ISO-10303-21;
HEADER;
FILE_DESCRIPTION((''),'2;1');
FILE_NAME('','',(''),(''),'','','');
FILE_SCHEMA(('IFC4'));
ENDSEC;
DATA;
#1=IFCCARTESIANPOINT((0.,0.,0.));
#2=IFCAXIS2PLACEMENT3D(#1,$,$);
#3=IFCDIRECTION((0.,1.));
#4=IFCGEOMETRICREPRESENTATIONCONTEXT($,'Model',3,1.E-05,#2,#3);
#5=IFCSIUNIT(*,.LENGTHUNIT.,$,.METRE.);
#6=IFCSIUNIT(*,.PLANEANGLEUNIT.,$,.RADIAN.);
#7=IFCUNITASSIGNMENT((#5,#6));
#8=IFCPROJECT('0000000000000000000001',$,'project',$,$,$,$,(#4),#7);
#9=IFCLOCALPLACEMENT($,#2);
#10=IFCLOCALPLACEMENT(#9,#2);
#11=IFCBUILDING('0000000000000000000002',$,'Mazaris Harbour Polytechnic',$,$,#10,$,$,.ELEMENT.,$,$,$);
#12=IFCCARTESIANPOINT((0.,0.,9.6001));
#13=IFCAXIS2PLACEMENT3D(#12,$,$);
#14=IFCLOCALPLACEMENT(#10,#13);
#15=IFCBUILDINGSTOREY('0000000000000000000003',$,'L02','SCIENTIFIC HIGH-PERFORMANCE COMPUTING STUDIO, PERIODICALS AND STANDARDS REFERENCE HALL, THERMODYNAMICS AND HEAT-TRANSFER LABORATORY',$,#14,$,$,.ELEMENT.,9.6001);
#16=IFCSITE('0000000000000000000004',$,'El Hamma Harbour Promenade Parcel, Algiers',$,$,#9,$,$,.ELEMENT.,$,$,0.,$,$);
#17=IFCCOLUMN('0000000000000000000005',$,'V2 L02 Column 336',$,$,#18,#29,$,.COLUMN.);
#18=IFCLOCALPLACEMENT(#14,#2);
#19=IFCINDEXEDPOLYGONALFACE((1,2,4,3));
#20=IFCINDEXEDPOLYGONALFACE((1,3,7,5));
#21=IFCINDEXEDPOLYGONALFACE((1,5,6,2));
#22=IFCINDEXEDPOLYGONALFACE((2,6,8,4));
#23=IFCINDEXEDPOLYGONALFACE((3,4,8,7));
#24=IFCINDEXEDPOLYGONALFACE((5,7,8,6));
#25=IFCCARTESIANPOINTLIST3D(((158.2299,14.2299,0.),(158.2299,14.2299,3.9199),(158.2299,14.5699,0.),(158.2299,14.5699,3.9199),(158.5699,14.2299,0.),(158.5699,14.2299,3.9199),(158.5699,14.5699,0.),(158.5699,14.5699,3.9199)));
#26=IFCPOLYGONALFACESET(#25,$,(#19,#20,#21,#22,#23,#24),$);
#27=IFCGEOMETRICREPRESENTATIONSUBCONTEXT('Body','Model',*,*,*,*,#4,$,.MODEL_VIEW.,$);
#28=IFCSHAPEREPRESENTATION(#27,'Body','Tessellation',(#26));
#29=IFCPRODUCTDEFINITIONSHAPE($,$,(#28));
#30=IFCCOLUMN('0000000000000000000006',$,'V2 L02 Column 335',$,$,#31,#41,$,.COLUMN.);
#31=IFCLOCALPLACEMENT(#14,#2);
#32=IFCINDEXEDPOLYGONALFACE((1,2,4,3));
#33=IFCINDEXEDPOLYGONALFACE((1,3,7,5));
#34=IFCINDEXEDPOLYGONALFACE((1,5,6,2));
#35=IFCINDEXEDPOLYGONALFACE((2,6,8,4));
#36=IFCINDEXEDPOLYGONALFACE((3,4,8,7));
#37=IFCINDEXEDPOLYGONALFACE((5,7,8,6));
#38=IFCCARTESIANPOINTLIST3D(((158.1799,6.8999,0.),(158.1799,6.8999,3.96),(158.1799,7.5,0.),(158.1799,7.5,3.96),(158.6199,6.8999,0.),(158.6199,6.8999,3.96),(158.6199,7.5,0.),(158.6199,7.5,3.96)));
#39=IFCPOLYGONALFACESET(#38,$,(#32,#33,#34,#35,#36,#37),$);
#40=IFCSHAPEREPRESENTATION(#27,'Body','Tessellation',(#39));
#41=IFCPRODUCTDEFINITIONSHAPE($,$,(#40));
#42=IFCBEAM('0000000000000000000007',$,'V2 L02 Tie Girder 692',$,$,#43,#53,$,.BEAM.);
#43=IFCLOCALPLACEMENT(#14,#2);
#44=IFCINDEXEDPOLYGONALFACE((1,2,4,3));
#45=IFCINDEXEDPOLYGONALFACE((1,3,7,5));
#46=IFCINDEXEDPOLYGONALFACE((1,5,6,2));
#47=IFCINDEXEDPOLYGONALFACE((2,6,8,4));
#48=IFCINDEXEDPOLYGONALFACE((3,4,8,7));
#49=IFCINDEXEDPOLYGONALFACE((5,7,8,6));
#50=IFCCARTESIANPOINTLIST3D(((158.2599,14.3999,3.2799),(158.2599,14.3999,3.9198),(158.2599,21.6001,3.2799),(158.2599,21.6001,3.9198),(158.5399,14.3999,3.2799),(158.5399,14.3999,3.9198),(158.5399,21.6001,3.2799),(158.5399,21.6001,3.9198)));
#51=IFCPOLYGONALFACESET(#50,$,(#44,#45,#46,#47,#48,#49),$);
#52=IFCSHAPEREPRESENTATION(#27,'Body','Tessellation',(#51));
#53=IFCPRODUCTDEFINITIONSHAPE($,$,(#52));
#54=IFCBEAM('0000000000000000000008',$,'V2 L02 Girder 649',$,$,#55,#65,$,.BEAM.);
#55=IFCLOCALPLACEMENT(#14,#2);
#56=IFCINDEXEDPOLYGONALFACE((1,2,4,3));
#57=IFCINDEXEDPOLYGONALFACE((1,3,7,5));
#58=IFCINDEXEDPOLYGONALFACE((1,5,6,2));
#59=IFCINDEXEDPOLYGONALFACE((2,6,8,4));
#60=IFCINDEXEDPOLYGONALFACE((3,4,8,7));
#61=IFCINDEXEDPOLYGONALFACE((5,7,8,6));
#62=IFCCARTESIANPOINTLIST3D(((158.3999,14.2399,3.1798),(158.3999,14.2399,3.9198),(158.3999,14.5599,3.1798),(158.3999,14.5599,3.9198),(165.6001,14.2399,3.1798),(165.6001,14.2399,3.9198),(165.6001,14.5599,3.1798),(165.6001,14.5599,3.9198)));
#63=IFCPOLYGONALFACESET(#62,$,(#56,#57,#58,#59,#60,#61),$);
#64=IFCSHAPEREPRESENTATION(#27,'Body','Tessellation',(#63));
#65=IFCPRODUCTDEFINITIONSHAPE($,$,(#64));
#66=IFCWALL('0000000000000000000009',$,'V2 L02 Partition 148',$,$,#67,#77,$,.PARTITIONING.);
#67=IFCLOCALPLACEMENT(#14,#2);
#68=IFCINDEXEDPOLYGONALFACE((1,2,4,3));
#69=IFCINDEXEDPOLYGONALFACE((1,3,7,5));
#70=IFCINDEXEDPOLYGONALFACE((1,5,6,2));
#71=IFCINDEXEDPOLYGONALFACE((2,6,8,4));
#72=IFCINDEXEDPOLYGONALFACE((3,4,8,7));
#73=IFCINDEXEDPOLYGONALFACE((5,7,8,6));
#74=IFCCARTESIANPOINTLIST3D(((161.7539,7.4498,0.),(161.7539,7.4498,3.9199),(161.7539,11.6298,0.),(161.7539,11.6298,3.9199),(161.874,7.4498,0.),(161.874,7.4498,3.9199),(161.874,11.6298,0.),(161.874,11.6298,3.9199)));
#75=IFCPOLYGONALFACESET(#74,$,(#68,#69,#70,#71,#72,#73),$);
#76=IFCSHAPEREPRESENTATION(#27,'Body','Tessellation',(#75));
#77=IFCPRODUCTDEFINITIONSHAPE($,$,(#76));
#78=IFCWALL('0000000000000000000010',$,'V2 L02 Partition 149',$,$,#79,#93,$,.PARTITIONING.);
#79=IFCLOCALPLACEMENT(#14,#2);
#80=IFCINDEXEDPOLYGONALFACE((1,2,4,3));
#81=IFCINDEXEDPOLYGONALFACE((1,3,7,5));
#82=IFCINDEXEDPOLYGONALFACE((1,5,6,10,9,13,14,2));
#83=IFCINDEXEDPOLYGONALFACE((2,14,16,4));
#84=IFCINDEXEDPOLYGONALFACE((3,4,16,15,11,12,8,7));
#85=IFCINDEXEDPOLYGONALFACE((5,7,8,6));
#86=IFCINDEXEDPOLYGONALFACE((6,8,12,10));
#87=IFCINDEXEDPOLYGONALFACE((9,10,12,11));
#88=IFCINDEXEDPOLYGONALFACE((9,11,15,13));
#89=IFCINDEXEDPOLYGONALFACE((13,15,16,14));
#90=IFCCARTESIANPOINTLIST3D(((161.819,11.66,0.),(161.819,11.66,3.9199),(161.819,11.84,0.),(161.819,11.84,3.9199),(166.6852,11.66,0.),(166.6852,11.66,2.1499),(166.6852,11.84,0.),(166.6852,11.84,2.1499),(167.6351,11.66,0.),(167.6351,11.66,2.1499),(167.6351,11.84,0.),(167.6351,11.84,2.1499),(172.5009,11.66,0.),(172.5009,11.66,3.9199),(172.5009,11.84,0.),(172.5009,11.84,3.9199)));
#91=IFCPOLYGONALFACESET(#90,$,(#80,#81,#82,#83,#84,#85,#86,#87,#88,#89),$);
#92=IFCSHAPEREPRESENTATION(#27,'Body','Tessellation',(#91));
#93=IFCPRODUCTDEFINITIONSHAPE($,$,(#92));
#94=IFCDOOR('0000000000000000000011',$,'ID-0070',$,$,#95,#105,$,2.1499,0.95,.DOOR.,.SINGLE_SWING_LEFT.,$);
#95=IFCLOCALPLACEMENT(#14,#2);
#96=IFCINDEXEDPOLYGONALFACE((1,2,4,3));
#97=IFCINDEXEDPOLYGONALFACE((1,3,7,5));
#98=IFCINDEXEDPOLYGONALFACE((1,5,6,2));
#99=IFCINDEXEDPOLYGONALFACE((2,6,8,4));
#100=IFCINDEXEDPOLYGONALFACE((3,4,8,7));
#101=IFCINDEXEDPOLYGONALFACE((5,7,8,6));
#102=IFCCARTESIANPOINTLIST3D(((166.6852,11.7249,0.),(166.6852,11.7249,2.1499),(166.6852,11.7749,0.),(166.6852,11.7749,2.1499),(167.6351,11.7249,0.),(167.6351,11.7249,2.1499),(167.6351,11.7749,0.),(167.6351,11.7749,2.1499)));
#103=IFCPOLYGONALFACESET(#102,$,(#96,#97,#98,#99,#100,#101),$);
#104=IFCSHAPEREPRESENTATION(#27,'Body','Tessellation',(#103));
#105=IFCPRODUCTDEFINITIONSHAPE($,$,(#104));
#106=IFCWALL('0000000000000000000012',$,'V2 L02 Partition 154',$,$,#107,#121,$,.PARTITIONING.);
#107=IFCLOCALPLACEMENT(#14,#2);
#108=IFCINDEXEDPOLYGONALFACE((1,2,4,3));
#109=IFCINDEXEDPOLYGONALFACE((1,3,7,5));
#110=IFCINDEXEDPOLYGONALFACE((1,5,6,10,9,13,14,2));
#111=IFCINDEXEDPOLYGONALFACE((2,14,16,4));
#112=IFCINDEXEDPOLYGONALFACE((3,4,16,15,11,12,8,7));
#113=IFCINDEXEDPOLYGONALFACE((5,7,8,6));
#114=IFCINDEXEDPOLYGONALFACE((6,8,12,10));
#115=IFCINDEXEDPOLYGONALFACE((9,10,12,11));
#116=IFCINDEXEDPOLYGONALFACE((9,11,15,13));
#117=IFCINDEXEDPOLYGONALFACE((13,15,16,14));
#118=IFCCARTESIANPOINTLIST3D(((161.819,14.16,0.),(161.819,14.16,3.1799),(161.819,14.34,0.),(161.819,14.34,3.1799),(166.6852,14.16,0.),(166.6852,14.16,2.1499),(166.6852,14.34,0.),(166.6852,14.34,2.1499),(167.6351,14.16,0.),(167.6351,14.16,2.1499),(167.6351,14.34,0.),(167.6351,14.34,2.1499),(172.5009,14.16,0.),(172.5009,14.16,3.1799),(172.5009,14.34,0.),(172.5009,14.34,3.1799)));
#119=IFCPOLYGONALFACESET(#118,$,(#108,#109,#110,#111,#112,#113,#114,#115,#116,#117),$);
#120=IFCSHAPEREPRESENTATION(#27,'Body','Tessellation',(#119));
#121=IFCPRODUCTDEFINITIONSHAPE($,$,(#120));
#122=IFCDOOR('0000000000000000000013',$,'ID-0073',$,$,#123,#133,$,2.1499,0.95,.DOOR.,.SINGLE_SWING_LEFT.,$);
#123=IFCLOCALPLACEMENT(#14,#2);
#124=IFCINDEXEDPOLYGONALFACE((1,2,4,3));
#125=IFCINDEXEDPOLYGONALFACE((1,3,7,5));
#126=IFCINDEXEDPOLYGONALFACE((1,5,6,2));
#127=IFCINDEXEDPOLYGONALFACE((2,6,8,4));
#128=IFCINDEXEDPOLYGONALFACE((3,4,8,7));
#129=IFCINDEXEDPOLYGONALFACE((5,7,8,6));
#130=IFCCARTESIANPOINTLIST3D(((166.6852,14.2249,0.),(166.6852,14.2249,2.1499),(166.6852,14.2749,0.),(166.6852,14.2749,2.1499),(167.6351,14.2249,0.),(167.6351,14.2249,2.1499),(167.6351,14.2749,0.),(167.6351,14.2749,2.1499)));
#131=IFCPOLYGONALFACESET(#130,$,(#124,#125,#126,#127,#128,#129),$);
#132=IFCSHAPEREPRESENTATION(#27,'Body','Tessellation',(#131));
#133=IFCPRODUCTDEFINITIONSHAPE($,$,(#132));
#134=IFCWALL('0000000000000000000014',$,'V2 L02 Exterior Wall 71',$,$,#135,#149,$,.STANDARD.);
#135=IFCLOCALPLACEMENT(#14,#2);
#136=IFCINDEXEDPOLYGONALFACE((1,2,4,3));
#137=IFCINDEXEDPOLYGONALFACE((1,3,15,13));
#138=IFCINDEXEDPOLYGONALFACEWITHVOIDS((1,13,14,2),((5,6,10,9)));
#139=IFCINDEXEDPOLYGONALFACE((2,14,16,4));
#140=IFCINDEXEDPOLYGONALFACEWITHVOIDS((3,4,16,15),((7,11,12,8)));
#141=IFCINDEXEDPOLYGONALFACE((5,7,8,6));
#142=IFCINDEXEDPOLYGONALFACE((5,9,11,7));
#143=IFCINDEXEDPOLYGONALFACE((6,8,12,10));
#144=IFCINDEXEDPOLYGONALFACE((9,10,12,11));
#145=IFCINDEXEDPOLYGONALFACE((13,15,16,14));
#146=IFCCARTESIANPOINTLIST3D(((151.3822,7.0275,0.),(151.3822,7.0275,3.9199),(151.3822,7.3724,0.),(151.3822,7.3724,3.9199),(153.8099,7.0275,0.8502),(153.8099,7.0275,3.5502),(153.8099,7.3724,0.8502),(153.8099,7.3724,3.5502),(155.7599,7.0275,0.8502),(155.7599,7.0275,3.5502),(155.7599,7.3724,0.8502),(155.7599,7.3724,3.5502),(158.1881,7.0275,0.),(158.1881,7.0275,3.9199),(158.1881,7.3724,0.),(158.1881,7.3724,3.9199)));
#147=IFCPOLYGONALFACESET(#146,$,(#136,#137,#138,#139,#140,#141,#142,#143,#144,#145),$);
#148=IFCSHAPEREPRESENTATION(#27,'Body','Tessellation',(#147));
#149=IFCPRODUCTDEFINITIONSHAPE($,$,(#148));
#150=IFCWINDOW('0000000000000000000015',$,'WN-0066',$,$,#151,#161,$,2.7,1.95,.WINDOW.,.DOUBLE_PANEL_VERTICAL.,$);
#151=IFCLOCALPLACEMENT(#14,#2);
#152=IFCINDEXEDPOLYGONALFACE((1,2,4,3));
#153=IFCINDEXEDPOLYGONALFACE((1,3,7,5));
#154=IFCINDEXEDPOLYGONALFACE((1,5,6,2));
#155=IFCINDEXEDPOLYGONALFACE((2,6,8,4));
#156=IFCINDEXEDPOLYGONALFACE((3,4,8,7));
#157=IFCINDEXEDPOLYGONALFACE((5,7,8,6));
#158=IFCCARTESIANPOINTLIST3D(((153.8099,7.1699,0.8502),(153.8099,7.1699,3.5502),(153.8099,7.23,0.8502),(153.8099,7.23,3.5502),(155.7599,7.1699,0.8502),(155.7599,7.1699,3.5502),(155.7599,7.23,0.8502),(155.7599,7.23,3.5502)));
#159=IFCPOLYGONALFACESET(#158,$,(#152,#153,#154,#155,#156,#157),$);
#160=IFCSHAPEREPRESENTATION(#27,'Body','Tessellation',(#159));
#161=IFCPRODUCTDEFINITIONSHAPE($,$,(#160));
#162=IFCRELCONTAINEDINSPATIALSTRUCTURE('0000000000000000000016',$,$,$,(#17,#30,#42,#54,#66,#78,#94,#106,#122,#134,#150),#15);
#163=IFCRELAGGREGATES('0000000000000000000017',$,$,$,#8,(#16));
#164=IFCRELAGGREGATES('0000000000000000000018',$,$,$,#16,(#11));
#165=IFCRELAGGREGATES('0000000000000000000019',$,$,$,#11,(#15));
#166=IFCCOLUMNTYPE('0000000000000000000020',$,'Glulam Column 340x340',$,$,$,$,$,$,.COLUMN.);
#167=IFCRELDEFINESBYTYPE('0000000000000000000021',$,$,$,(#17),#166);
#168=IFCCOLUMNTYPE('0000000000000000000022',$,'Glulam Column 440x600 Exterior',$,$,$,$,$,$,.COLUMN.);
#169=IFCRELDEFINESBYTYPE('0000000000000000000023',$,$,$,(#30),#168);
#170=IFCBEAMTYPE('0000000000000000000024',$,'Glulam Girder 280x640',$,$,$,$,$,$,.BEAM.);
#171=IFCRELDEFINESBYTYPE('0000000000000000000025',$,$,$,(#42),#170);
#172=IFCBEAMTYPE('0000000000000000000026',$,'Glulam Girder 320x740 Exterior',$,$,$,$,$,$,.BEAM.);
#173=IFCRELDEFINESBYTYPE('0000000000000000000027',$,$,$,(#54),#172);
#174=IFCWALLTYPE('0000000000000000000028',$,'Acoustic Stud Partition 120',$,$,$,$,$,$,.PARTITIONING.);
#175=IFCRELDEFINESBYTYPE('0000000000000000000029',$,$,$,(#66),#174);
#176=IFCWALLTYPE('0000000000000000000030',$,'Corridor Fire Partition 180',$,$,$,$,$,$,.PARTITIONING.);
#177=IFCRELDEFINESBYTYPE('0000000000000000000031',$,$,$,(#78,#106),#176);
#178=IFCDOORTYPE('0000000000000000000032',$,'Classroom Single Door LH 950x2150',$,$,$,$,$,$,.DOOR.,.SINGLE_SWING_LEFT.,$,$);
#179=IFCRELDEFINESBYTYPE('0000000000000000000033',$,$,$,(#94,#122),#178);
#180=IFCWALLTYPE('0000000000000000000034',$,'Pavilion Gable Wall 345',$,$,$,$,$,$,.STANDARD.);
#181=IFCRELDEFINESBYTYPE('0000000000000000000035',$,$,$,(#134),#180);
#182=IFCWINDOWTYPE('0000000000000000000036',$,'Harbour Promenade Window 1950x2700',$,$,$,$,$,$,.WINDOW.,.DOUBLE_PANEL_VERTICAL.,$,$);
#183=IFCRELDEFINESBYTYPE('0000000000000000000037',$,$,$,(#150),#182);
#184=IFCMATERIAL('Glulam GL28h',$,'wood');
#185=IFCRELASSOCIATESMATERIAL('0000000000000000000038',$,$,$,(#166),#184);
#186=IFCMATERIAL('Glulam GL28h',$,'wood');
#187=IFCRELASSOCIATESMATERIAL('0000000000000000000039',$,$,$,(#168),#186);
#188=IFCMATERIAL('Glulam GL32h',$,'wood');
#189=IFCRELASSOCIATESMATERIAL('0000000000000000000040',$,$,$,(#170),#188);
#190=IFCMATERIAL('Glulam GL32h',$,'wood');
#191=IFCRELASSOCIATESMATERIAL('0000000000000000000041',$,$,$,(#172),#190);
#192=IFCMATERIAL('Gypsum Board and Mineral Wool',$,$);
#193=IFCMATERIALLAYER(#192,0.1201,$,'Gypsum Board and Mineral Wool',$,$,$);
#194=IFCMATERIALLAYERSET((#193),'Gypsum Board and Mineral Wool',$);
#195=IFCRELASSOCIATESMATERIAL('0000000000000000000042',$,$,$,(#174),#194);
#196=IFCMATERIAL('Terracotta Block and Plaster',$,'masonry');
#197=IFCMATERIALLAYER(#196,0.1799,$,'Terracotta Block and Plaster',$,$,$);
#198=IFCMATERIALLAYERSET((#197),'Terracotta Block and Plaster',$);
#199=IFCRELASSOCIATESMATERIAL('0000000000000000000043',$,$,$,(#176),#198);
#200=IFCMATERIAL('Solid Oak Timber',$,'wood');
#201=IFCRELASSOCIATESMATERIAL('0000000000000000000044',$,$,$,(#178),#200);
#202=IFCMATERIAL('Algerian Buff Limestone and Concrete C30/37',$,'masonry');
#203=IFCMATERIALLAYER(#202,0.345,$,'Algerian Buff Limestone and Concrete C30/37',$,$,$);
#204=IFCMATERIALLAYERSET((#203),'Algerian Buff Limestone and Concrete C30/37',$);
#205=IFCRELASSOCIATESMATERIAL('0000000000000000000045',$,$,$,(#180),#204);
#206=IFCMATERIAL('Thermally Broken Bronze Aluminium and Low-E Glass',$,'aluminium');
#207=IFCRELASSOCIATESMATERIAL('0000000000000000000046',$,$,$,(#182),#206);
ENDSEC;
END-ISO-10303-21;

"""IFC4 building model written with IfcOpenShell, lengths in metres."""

from ifc_helpers import new_model, si_unit, direction, frame, frame_2d, origin, origin_2d, place, context, subcontext, project, spatial, rectangle, extrude, material, layer, layer_set, material_profile, profile_set, type_object, element, fill, save


model = new_model("IFC4")

# Units and contexts
model_context = context("Model", 3, precision=1e-05, world=origin(), true_north=direction((0.0, 1.0)))
body_context = subcontext(model_context, "Body", "Model", "MODEL_VIEW")
ifc_project = project(units=[si_unit("LENGTHUNIT", "METRE"), si_unit("PLANEANGLEUNIT", "RADIAN")], contexts=[model_context])

# Site, building, storey
site_placement = place(None, origin())
site = spatial("IfcSite", under=ifc_project, at=site_placement, Name="El Hamma Harbour Promenade Parcel, Algiers", CompositionType="ELEMENT", RefElevation=0.0)
building_placement = place(site_placement, origin())
building = spatial("IfcBuilding", under=site, at=building_placement, Name="Mazaris Harbour Polytechnic", CompositionType="ELEMENT")
storey_placement = place(building_placement, frame((0.0, 0.0, 9.6001)))
storey = spatial("IfcBuildingStorey", under=building, at=storey_placement, Name="L02", Description="SCIENTIFIC HIGH-PERFORMANCE COMPUTING STUDIO, PERIODICALS AND STANDARDS REFERENCE HALL, THERMODYNAMICS AND HEAT-TRANSFER LABORATORY", CompositionType="ELEMENT", Elevation=9.6001)

# Columns
ifc_material_1 = material(Name="Glulam GL28h", Category="wood")
ifc_material_profile_1 = material_profile(ifc_material_1, rectangle(XDim=0.3401, YDim=0.3401, at=origin_2d()), Name="RECT340x340")
ifc_profile_set_1 = profile_set([ifc_material_profile_1], Name="Glulam GL28h")
column_type_1 = type_object("IfcColumnType", Name="Glulam Column 340x340", PredefinedType="COLUMN", material=ifc_profile_set_1)
column_1_placement = place(storey_placement, frame((158.3999, 14.3999, 0.0), z_axis=(0.0, 0.0, 1.0), x_axis=(1.0, 0.0, 0.0)))
element("IfcColumn", 1, at=column_1_placement, inside=storey, type_object=column_type_1, Name="V2 L02 Column 336", PredefinedType="COLUMN", context=body_context, shape_type="SweptSolid", body=[
    extrude(rectangle(XDim=0.3401, YDim=0.3401, at=origin_2d()), origin(), (0.0, 0.0, 1.0), 3.9199),
])
ifc_material_2 = material(Name="Glulam GL28h", Category="wood")
ifc_material_profile_2 = material_profile(ifc_material_2, rectangle(XDim=0.4399, YDim=0.6001, at=origin_2d()), Name="RECT440x600")
ifc_profile_set_2 = profile_set([ifc_material_profile_2], Name="Glulam GL28h")
column_type_2 = type_object("IfcColumnType", Name="Glulam Column 440x600 Exterior", PredefinedType="COLUMN", material=ifc_profile_set_2)
column_2_placement = place(storey_placement, frame((158.3999, 7.2, 0.0), z_axis=(0.0, 0.0, 1.0), x_axis=(1.0, 0.0, 0.0)))
element("IfcColumn", 2, at=column_2_placement, inside=storey, type_object=column_type_2, Name="V2 L02 Column 335", PredefinedType="COLUMN", context=body_context, shape_type="SweptSolid", body=[
    extrude(rectangle(XDim=0.4399, YDim=0.6001, at=origin_2d()), origin(), (0.0, 0.0, 1.0), 3.96),
])

# Beams
ifc_material_3 = material(Name="Glulam GL32h", Category="wood")
ifc_material_profile_3 = material_profile(ifc_material_3, rectangle(XDim=0.28, YDim=0.6399, at=origin_2d()), Name="RECT280x640")
ifc_profile_set_3 = profile_set([ifc_material_profile_3], Name="Glulam GL32h")
beam_type_1 = type_object("IfcBeamType", Name="Glulam Girder 280x640", PredefinedType="BEAM", material=ifc_profile_set_3)
beam_1_placement = place(storey_placement, frame((158.3999, 14.3999, 3.5999), z_axis=(0.0, 1.0, 0.0), x_axis=(-1.0, 0.0, 0.0)))
element("IfcBeam", 3, at=beam_1_placement, inside=storey, type_object=beam_type_1, Name="V2 L02 Tie Girder 692", PredefinedType="BEAM", context=body_context, shape_type="SweptSolid", body=[
    extrude(rectangle(XDim=0.28, YDim=0.6399, at=origin_2d()), origin(), (0.0, 0.0, 1.0), 7.2002),
])
ifc_material_4 = material(Name="Glulam GL32h", Category="wood")
ifc_material_profile_4 = material_profile(ifc_material_4, rectangle(XDim=0.3201, YDim=0.74, at=origin_2d()), Name="RECT320x740")
ifc_profile_set_4 = profile_set([ifc_material_profile_4], Name="Glulam GL32h")
beam_type_2 = type_object("IfcBeamType", Name="Glulam Girder 320x740 Exterior", PredefinedType="BEAM", material=ifc_profile_set_4)
beam_2_placement = place(storey_placement, frame((158.3999, 14.3999, 3.5498), z_axis=(1.0, 0.0, 0.0), x_axis=(0.0, 1.0, 0.0)))
element("IfcBeam", 4, at=beam_2_placement, inside=storey, type_object=beam_type_2, Name="V2 L02 Girder 649", PredefinedType="BEAM", context=body_context, shape_type="SweptSolid", body=[
    extrude(rectangle(XDim=0.3201, YDim=0.74, at=origin_2d()), origin(), (0.0, 0.0, 1.0), 7.2002),
])

# Wall
ifc_material_5 = material(Name="Gypsum Board and Mineral Wool")
ifc_layer_1 = layer(ifc_material_5, 0.1201, Name="Gypsum Board and Mineral Wool")
ifc_layer_set_1 = layer_set([ifc_layer_1], Name="Gypsum Board and Mineral Wool")
wall_type_1 = type_object("IfcWallType", Name="Acoustic Stud Partition 120", PredefinedType="PARTITIONING", material=ifc_layer_set_1)
wall_1_placement = place(storey_placement, frame((161.814, 7.45, 0.0), z_axis=(0.0, 0.0, 1.0), x_axis=(0.0, 1.0, 0.0)))
element("IfcWall", 5, at=wall_1_placement, inside=storey, type_object=wall_type_1, Name="V2 L02 Partition 148", PredefinedType="PARTITIONING", context=body_context, shape_type="SweptSolid", body=[
    extrude(rectangle(XDim=4.1799, YDim=0.1201, at=frame_2d((2.0898, 0.0))), origin(), (0.0, 0.0, 1.0), 3.9199),
])

# Walls, openings, doors
ifc_material_6 = material(Name="Terracotta Block and Plaster", Category="masonry")
ifc_layer_2 = layer(ifc_material_6, 0.1799, Name="Terracotta Block and Plaster")
ifc_layer_set_2 = layer_set([ifc_layer_2], Name="Terracotta Block and Plaster")
wall_type_2 = type_object("IfcWallType", Name="Corridor Fire Partition 180", PredefinedType="PARTITIONING", material=ifc_layer_set_2)
wall_2_placement = place(storey_placement, frame((161.8191, 11.75, 0.0), z_axis=(0.0, 0.0, 1.0), x_axis=(1.0, 0.0, 0.0)))
wall_2 = element("IfcWall", 6, at=wall_2_placement, inside=storey, type_object=wall_type_2, Name="V2 L02 Partition 149", PredefinedType="PARTITIONING", context=body_context, shape_type="SweptSolid", body=[
    extrude(rectangle(XDim=10.6819, YDim=0.1799, at=frame_2d((5.3408, 0.0))), origin(), (0.0, 0.0, 1.0), 3.9199),
])
opening_1_placement = place(wall_2_placement, frame((4.866, 0.0, 0.0)))
opening_1 = element("IfcOpeningElement", 7, at=opening_1_placement, cuts=wall_2, PredefinedType="OPENING", context=body_context, shape_type="SweptSolid", body=[
    extrude(rectangle(XDim=0.95, YDim=2.1499, at=frame_2d((0.4751, 1.075))), frame((0.0, 0.0999, 0.0), z_axis=(0.0, -1.0, 0.0), x_axis=(1.0, 0.0, 0.0)), (0.0, 0.0, 1.0), 0.2),
])
ifc_material_7 = material(Name="Solid Oak Timber", Category="wood")
door_type = type_object("IfcDoorType", Name="Classroom Single Door LH 950x2150", OperationType="SINGLE_SWING_LEFT", PredefinedType="DOOR", material=ifc_material_7)
door_1_placement = place(opening_1_placement, origin())
door_1 = element("IfcDoor", 8, at=door_1_placement, inside=storey, type_object=door_type, Name="ID-0070", OperationType="SINGLE_SWING_LEFT", OverallHeight=2.1499, OverallWidth=0.95, PredefinedType="DOOR", context=body_context, shape_type="SweptSolid", body=[
    extrude(rectangle(XDim=0.95, YDim=2.1499, at=frame_2d((0.4751, 1.075))), frame((0.0, 0.0249, 0.0), z_axis=(0.0, -1.0, 0.0), x_axis=(1.0, 0.0, 0.0)), (0.0, 0.0, 1.0), 0.05),
])
fill(opening_1, door_1)
wall_3_placement = place(storey_placement, frame((161.8191, 14.25, 0.0), z_axis=(0.0, 0.0, 1.0), x_axis=(1.0, 0.0, 0.0)))
wall_3 = element("IfcWall", 9, at=wall_3_placement, inside=storey, type_object=wall_type_2, Name="V2 L02 Partition 154", PredefinedType="PARTITIONING", context=body_context, shape_type="SweptSolid", body=[
    extrude(rectangle(XDim=10.6819, YDim=0.1799, at=frame_2d((5.3408, 0.0))), origin(), (0.0, 0.0, 1.0), 3.1799),
])
opening_2_placement = place(wall_3_placement, frame((4.866, 0.0, 0.0)))
opening_2 = element("IfcOpeningElement", 10, at=opening_2_placement, cuts=wall_3, PredefinedType="OPENING", context=body_context, shape_type="SweptSolid", body=[
    extrude(rectangle(XDim=0.95, YDim=2.1499, at=frame_2d((0.4751, 1.075))), frame((0.0, 0.0999, 0.0), z_axis=(0.0, -1.0, 0.0), x_axis=(1.0, 0.0, 0.0)), (0.0, 0.0, 1.0), 0.2),
])
door_2_placement = place(opening_2_placement, origin())
door_2 = element("IfcDoor", 11, at=door_2_placement, inside=storey, type_object=door_type, Name="ID-0073", OperationType="SINGLE_SWING_LEFT", OverallHeight=2.1499, OverallWidth=0.95, PredefinedType="DOOR", context=body_context, shape_type="SweptSolid", body=[
    extrude(rectangle(XDim=0.95, YDim=2.1499, at=frame_2d((0.4751, 1.075))), frame((0.0, 0.0249, 0.0), z_axis=(0.0, -1.0, 0.0), x_axis=(1.0, 0.0, 0.0)), (0.0, 0.0, 1.0), 0.05),
])
fill(opening_2, door_2)

# Wall, opening, window
ifc_material_8 = material(Name="Algerian Buff Limestone and Concrete C30/37", Category="masonry")
ifc_layer_3 = layer(ifc_material_8, 0.345, Name="Algerian Buff Limestone and Concrete C30/37")
ifc_layer_set_3 = layer_set([ifc_layer_3], Name="Algerian Buff Limestone and Concrete C30/37")
wall_type_3 = type_object("IfcWallType", Name="Pavilion Gable Wall 345", PredefinedType="STANDARD", material=ifc_layer_set_3)
wall_4_placement = place(storey_placement, frame((158.188, 7.2, 0.0), z_axis=(0.0, 0.0, 1.0), x_axis=(-1.0, 0.0, 0.0)))
wall_4 = element("IfcWall", 12, at=wall_4_placement, inside=storey, type_object=wall_type_3, Name="V2 L02 Exterior Wall 71", PredefinedType="STANDARD", context=body_context, shape_type="SweptSolid", body=[
    extrude(rectangle(XDim=6.8059, YDim=0.345, at=frame_2d((3.4028, 0.0))), origin(), (0.0, 0.0, 1.0), 3.9199),
])
opening_3_placement = place(wall_4_placement, frame((2.428, 0.0, 0.8501)))
opening_3 = element("IfcOpeningElement", 13, at=opening_3_placement, cuts=wall_4, PredefinedType="OPENING", context=body_context, shape_type="SweptSolid", body=[
    extrude(rectangle(XDim=1.95, YDim=2.7, at=frame_2d((0.9751, 1.3501))), frame((0.0, 0.1824, 0.0), z_axis=(0.0, -1.0, 0.0), x_axis=(1.0, 0.0, 0.0)), (0.0, 0.0, 1.0), 0.365),
])
ifc_material_9 = material(Name="Thermally Broken Bronze Aluminium and Low-E Glass", Category="aluminium")
window_type_1 = type_object("IfcWindowType", Name="Harbour Promenade Window 1950x2700", PartitioningType="DOUBLE_PANEL_VERTICAL", PredefinedType="WINDOW", material=ifc_material_9)
window_1_placement = place(opening_3_placement, origin())
window_1 = element("IfcWindow", 14, at=window_1_placement, inside=storey, type_object=window_type_1, Name="WN-0066", OverallHeight=2.7, OverallWidth=1.95, PartitioningType="DOUBLE_PANEL_VERTICAL", PredefinedType="WINDOW", context=body_context, shape_type="SweptSolid", body=[
    extrude(rectangle(XDim=1.95, YDim=2.7, at=frame_2d((0.9751, 1.3501))), frame((0.0, 0.03, 0.0), z_axis=(0.0, -1.0, 0.0), x_axis=(1.0, 0.0, 0.0)), (0.0, 0.0, 1.0), 0.0601),
])
fill(opening_3, window_1)

save(model, "model.ifc")
